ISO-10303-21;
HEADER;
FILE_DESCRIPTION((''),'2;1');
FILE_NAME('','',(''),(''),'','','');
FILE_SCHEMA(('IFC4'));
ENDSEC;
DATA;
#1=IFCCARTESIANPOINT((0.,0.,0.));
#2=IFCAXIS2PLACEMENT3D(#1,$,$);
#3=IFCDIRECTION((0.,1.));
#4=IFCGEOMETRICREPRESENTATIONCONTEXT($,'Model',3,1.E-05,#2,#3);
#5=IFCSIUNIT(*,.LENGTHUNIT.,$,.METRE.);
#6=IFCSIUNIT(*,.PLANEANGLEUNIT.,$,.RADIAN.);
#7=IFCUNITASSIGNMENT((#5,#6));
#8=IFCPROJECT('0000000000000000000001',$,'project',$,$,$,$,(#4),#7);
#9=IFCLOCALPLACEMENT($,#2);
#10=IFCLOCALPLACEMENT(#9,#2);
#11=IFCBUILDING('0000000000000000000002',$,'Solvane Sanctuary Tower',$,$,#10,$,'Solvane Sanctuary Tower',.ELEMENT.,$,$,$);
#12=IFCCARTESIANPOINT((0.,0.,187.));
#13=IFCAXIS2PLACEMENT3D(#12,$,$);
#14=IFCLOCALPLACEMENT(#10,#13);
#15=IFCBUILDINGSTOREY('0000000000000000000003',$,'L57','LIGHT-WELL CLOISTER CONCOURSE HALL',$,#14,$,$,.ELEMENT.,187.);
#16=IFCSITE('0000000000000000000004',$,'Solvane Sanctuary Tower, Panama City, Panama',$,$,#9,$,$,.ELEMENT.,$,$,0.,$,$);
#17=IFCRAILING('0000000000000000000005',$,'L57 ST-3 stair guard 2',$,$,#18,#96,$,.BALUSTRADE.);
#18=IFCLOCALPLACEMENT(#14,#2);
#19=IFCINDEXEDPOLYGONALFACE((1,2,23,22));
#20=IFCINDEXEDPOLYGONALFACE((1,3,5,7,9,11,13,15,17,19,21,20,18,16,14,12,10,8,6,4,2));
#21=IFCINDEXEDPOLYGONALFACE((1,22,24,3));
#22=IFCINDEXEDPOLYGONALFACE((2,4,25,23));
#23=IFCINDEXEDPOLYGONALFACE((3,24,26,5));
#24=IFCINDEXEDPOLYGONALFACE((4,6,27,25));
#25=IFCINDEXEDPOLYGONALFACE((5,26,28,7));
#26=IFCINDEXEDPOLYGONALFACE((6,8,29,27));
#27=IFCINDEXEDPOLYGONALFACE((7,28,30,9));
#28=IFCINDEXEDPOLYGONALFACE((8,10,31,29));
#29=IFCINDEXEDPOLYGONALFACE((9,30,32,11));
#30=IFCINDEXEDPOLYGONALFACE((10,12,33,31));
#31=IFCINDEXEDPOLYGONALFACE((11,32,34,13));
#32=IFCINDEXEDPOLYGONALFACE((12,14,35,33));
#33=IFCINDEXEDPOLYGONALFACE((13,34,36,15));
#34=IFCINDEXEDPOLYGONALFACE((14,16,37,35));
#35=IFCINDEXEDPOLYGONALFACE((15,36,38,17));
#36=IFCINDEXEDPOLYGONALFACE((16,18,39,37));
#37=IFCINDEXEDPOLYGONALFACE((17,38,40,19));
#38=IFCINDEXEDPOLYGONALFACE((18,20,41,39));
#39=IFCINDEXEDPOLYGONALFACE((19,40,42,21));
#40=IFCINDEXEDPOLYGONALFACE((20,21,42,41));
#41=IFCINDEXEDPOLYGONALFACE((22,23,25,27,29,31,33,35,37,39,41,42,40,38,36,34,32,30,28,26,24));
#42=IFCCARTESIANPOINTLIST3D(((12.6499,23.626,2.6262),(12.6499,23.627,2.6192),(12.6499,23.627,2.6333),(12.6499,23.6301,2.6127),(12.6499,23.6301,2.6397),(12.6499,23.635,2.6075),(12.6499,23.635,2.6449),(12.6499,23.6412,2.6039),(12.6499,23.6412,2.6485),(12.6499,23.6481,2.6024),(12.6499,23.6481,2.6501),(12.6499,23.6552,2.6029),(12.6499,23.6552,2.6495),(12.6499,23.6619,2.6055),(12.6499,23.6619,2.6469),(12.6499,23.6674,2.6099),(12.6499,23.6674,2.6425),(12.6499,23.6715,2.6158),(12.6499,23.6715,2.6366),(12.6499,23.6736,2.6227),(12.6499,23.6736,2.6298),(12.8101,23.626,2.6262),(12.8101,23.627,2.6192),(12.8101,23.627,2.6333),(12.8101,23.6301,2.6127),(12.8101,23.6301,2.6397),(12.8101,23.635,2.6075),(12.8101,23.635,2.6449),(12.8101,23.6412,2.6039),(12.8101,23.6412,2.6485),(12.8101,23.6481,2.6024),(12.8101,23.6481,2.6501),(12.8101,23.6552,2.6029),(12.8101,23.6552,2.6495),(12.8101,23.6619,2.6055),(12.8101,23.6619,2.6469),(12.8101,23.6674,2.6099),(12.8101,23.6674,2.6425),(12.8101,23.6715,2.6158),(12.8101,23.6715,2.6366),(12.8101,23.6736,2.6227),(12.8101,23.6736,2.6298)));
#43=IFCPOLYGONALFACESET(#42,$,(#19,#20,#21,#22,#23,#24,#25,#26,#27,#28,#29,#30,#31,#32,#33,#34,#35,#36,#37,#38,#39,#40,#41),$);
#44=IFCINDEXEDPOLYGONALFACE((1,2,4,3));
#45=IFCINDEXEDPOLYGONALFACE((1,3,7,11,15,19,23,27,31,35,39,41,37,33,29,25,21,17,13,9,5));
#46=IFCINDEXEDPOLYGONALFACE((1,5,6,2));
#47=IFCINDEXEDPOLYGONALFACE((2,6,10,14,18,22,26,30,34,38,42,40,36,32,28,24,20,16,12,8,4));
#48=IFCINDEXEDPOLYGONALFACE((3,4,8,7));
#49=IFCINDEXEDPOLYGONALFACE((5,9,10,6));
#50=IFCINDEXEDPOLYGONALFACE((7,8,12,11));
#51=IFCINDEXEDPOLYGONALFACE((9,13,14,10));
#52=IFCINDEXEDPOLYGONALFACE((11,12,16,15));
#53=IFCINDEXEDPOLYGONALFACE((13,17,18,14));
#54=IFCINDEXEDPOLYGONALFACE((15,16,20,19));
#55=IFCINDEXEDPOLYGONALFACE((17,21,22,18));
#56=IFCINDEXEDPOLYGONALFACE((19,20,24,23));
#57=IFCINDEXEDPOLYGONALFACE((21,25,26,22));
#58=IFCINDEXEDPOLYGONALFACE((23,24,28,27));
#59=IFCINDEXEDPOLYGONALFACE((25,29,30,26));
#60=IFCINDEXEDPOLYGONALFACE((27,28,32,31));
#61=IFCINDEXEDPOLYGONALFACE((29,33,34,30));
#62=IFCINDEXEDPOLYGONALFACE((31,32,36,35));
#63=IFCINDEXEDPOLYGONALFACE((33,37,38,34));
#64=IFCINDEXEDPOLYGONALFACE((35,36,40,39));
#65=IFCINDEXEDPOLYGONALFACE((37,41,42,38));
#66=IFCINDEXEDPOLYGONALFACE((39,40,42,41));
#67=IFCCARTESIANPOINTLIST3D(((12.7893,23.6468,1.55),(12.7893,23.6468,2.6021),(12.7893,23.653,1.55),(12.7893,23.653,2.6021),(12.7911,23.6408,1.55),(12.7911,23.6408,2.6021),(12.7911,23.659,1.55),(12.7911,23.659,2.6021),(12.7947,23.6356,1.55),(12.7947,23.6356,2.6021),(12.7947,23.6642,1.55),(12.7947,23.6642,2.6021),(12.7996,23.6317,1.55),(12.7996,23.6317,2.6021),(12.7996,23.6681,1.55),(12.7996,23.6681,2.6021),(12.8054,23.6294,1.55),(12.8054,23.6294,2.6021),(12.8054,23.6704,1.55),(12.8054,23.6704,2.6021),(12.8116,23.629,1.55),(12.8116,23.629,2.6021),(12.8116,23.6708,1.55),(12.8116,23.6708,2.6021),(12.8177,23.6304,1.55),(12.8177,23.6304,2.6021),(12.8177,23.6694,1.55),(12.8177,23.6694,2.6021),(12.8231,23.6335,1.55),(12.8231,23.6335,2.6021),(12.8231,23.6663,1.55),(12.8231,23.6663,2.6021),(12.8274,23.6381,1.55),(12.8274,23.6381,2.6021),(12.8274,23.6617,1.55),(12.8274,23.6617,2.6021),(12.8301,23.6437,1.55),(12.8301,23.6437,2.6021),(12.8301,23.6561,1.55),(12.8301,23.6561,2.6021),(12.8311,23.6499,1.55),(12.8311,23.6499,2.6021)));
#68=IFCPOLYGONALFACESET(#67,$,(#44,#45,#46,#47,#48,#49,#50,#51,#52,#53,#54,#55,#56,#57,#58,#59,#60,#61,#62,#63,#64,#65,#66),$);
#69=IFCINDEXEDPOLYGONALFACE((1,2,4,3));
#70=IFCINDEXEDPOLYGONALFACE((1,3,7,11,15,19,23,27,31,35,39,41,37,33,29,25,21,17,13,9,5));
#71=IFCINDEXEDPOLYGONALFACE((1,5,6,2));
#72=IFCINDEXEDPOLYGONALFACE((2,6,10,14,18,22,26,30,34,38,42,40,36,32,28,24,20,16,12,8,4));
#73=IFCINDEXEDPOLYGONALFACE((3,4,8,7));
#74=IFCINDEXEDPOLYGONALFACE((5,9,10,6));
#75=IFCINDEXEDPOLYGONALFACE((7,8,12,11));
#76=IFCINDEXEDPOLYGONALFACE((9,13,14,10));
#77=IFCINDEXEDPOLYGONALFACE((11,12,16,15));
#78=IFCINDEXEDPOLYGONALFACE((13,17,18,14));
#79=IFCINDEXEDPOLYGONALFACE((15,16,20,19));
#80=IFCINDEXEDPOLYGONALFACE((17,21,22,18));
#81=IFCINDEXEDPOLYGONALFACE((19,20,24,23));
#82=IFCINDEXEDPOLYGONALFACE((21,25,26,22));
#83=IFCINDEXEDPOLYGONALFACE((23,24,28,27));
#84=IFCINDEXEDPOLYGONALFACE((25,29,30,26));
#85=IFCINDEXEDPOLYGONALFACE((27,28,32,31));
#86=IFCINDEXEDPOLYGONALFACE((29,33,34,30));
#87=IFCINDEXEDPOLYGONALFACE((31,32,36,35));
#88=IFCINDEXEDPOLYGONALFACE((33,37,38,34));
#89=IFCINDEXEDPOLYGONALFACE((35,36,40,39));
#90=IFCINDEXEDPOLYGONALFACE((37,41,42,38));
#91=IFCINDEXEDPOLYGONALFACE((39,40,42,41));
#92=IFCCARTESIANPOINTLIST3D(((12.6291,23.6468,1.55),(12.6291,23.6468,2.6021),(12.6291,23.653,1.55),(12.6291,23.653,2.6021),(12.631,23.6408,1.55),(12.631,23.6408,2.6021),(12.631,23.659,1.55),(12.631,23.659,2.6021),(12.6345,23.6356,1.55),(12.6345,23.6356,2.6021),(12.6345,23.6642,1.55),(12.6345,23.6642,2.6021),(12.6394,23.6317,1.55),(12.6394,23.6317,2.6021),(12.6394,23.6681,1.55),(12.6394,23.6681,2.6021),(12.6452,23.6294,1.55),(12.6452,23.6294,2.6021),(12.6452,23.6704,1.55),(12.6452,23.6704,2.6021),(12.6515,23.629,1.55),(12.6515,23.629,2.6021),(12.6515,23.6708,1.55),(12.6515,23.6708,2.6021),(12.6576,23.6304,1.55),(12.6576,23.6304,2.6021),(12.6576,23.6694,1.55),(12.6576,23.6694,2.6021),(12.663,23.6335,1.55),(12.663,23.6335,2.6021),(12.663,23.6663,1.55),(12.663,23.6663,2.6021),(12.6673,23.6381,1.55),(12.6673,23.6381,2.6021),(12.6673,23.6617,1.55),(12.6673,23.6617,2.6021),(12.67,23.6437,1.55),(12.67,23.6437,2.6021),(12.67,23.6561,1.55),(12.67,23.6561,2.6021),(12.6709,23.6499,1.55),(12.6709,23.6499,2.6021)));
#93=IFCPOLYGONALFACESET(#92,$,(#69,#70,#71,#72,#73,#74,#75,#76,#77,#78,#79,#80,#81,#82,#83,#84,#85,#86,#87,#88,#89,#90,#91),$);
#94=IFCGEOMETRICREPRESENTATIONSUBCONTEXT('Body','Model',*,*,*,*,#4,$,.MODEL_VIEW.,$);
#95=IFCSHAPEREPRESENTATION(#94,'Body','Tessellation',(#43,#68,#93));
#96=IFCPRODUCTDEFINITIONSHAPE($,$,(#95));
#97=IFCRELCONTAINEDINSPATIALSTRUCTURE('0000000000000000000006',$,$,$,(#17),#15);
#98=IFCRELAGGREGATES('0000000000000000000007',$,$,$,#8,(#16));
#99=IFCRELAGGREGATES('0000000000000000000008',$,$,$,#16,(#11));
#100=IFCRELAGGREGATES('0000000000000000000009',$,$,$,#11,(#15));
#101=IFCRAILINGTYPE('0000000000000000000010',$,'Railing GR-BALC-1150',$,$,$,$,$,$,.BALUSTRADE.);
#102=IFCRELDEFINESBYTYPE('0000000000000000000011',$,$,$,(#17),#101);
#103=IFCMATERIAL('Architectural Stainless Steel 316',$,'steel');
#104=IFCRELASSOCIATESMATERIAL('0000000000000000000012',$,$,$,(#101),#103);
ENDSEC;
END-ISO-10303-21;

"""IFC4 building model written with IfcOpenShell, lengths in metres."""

from ifc_helpers import new_model, si_unit, direction, frame, origin, origin_2d, place, context, subcontext, project, spatial, circle, extrude, material, type_object, element, save


model = new_model("IFC4")

# Units and contexts
model_context = context("Model", 3, precision=1e-05, world=origin(), true_north=direction((0.0, 1.0)))
body_context = subcontext(model_context, "Body", "Model", "MODEL_VIEW")
ifc_project = project(units=[si_unit("LENGTHUNIT", "METRE"), si_unit("PLANEANGLEUNIT", "RADIAN")], contexts=[model_context])

# Site, building, storey
site_placement = place(None, origin())
site = spatial("IfcSite", under=ifc_project, at=site_placement, Name="Solvane Sanctuary Tower, Panama City, Panama", CompositionType="ELEMENT", RefElevation=0.0)
building_placement = place(site_placement, origin())
building = spatial("IfcBuilding", under=site, at=building_placement, Name="Solvane Sanctuary Tower", LongName="Solvane Sanctuary Tower", CompositionType="ELEMENT")
storey_placement = place(building_placement, frame((0.0, 0.0, 187.0)))
storey = spatial("IfcBuildingStorey", under=building, at=storey_placement, Name="L57", Description="LIGHT-WELL CLOISTER CONCOURSE HALL", CompositionType="ELEMENT", Elevation=187.0)

# Railing
ifc_material_1 = material(Name="Architectural Stainless Steel 316", Category="steel")
railing_type_1 = type_object("IfcRailingType", Name="Railing GR-BALC-1150", PredefinedType="BALUSTRADE", material=ifc_material_1)
railing_1_placement = place(storey_placement, frame((12.8101, 23.6499, 1.55)))
element("IfcRailing", 1, at=railing_1_placement, inside=storey, type_object=railing_type_1, Name="L57 ST-3 stair guard 2", PredefinedType="BALUSTRADE", context=body_context, shape_type="SweptSolid", body=[
    extrude(circle(Radius=0.0239, at=origin_2d()), frame((0.0, 0.0, 1.0762), z_axis=(-1.0, 0.0, 0.0), x_axis=(0.0, -1.0, 0.0)), (0.0, 0.0, 1.0), 0.1602),
    extrude(circle(Radius=0.021, at=origin_2d()), origin(), (0.0, 0.0, 1.0), 1.052),
    extrude(circle(Radius=0.021, at=origin_2d()), frame((-0.1602, 0.0, 0.0)), (0.0, 0.0, 1.0), 1.052),
])

save(model, "model.ifc")
